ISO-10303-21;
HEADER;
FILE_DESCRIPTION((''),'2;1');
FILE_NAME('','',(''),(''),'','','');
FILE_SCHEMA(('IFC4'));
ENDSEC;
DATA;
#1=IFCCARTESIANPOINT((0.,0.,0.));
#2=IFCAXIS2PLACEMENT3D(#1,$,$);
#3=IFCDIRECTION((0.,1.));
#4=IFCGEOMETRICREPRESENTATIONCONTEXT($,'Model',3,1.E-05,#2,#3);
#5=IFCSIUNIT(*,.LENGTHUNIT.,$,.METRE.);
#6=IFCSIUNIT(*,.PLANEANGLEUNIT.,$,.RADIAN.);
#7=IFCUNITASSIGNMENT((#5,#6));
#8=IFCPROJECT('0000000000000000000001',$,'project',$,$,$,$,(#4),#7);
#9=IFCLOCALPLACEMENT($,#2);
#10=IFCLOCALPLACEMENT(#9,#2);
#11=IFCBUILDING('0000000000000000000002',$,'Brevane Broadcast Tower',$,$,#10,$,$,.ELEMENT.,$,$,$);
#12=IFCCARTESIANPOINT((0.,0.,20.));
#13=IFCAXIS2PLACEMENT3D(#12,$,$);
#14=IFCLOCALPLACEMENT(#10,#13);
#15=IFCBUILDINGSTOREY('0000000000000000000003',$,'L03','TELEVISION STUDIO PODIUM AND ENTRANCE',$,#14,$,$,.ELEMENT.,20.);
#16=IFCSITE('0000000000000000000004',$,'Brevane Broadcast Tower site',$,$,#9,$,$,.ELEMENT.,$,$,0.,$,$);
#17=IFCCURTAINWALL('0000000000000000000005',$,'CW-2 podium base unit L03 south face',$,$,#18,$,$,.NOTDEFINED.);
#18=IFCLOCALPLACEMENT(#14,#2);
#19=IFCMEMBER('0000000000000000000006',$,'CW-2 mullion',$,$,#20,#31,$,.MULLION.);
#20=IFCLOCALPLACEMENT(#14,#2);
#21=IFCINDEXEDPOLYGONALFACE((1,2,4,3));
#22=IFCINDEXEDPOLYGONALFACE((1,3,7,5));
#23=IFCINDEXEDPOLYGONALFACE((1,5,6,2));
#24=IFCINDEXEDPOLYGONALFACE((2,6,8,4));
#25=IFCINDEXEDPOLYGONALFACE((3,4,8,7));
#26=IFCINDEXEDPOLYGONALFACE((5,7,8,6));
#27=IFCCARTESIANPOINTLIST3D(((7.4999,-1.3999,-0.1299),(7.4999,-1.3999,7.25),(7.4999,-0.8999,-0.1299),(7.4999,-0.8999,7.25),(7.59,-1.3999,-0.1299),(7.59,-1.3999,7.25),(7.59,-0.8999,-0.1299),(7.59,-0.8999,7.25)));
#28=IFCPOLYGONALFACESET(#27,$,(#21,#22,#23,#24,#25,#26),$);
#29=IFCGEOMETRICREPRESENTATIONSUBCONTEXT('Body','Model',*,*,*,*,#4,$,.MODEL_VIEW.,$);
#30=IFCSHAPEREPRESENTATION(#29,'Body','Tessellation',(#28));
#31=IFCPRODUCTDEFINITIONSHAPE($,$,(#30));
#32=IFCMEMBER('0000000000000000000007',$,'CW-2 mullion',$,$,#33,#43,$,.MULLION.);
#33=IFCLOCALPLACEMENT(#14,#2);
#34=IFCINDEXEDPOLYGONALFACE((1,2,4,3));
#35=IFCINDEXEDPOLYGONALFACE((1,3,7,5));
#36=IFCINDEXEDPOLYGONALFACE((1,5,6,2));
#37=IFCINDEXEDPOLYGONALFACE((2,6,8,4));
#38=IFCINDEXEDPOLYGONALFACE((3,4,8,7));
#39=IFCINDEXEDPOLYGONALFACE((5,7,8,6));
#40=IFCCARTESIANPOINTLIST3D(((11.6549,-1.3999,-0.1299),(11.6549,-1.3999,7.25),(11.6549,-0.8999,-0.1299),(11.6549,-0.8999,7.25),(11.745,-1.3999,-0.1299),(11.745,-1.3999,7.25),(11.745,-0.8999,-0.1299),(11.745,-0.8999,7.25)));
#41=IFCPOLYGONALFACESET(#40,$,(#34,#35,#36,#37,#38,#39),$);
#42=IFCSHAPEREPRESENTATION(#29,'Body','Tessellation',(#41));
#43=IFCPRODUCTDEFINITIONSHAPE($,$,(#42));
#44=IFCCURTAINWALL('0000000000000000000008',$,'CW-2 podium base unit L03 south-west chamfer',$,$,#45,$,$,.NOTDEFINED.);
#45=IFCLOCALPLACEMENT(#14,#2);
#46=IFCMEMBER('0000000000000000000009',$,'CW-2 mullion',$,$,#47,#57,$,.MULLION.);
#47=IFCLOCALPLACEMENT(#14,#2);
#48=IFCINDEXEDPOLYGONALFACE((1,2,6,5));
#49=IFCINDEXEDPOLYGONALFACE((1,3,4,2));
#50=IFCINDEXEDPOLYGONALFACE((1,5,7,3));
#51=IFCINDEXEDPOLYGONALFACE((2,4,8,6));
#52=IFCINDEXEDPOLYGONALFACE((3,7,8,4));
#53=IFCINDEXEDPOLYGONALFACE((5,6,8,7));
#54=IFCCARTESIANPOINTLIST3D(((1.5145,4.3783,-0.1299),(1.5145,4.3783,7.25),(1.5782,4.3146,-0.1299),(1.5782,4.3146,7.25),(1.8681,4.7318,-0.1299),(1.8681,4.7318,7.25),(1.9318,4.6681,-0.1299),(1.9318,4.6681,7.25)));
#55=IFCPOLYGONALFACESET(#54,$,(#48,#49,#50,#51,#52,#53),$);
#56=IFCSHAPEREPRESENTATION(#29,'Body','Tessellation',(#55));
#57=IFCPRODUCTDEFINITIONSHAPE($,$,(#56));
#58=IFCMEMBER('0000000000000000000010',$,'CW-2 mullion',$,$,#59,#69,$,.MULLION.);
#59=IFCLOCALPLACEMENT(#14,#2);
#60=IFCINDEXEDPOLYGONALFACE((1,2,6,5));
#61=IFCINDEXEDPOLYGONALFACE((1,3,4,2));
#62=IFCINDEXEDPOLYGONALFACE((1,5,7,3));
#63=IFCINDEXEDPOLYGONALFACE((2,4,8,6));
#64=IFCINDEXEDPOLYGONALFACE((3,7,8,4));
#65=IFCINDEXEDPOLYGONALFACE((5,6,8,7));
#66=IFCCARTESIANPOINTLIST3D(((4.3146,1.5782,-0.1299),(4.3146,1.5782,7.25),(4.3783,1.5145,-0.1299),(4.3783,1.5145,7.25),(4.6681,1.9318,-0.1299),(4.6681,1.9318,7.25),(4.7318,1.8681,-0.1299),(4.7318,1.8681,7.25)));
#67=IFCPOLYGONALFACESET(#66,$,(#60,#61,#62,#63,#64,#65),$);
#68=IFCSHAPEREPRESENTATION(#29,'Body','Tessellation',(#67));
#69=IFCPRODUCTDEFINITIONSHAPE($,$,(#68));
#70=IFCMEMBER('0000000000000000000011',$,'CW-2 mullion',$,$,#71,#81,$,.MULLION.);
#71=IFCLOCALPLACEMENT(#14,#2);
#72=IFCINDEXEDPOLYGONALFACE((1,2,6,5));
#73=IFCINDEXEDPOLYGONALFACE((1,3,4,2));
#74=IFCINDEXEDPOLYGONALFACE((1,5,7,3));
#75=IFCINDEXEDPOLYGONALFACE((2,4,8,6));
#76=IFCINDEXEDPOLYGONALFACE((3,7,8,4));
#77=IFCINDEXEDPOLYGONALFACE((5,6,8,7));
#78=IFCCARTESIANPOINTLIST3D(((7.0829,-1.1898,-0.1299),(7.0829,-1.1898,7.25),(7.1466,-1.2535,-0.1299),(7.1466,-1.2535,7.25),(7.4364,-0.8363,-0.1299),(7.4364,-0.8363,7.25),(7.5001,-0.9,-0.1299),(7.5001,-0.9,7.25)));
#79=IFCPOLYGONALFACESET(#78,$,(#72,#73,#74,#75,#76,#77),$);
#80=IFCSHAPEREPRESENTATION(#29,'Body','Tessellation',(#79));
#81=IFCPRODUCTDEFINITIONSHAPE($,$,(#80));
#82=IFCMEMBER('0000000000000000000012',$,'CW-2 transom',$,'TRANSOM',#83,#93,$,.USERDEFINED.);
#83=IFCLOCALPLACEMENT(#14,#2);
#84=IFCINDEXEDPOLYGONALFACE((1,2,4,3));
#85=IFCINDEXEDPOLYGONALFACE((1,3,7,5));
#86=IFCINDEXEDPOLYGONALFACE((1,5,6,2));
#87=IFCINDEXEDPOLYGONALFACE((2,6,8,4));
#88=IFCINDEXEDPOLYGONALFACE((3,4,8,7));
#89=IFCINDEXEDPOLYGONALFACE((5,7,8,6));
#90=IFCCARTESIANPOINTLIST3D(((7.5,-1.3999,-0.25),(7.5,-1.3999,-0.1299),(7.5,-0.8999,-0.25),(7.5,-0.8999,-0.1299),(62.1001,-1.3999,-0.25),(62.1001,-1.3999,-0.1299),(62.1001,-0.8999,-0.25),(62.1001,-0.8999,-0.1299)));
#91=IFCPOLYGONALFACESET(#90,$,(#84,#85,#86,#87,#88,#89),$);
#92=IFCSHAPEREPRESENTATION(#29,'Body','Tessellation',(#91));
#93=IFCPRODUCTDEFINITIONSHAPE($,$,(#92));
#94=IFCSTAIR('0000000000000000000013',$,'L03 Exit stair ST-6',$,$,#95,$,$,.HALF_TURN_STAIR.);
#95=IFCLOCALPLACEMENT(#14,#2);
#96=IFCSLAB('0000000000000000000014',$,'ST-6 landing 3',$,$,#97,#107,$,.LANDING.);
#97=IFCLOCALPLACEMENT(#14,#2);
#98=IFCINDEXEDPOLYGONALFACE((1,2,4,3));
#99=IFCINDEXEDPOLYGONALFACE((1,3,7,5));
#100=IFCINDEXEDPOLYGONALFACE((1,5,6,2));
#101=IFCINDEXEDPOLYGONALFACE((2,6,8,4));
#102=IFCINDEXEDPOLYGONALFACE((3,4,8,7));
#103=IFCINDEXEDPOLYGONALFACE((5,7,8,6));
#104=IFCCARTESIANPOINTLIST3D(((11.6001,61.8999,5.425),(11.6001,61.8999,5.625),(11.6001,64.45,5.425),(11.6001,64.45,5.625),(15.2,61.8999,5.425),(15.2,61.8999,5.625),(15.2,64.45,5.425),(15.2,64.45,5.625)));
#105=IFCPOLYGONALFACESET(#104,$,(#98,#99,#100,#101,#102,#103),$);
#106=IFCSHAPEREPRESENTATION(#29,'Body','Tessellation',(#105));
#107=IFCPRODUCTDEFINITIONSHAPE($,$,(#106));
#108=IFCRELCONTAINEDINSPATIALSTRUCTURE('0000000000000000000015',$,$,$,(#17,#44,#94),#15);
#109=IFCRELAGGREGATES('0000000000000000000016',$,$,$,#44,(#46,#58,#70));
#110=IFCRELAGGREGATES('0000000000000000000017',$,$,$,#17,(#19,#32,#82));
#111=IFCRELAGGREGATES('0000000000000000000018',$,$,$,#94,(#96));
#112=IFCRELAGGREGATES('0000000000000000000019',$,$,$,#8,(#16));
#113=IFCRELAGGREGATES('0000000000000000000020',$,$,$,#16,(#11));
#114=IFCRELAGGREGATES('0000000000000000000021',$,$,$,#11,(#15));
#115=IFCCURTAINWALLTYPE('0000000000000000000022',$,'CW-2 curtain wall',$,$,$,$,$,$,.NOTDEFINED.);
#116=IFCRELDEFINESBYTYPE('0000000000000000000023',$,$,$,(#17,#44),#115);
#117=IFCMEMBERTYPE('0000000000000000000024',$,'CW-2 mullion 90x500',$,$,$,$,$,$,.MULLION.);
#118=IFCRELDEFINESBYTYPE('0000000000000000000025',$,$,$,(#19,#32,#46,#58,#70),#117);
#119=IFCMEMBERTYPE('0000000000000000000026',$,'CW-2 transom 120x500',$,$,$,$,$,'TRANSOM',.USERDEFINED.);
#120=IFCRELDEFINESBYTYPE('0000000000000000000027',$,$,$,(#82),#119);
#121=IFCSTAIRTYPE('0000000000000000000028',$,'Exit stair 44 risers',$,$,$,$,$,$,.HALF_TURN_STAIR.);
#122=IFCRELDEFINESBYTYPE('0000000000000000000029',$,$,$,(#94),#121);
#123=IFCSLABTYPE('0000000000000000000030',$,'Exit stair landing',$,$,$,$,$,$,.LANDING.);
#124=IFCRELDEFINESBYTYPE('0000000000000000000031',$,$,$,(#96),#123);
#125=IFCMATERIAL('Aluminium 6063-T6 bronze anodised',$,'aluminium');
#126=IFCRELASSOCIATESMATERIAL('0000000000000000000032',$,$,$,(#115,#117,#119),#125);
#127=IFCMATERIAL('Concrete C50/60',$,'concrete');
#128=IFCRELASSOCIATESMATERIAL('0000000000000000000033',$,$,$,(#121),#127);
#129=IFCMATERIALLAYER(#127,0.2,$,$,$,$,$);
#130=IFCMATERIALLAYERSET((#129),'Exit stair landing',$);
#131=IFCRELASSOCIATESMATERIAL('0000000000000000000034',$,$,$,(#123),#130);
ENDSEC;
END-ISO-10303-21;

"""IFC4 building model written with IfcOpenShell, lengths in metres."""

from ifc_helpers import new_model, si_unit, direction, frame, origin, origin_2d, place, context, subcontext, project, spatial, polyline, rectangle, outline, extrude, material, layer, layer_set, material_profile, profile_set, type_object, element, aggregate, save


model = new_model("IFC4")

# Units and contexts
model_context = context("Model", 3, precision=1e-05, world=origin(), true_north=direction((0.0, 1.0)))
body_context = subcontext(model_context, "Body", "Model", "MODEL_VIEW")
ifc_project = project(units=[si_unit("LENGTHUNIT", "METRE"), si_unit("PLANEANGLEUNIT", "RADIAN")], contexts=[model_context])

# Site, building, storey
site_placement = place(None, origin())
site = spatial("IfcSite", under=ifc_project, at=site_placement, Name="Brevane Broadcast Tower site", CompositionType="ELEMENT", RefElevation=0.0)
building_placement = place(site_placement, origin())
building = spatial("IfcBuilding", under=site, at=building_placement, Name="Brevane Broadcast Tower", CompositionType="ELEMENT")
storey_placement = place(building_placement, frame((0.0, 0.0, 20.0)))
storey = spatial("IfcBuildingStorey", under=building, at=storey_placement, Name="L03", Description="TELEVISION STUDIO PODIUM AND ENTRANCE", CompositionType="ELEMENT", Elevation=20.0)

# Curtain walls, members
ifc_material_1 = material(Name="Aluminium 6063-T6 bronze anodised", Category="aluminium")
curtain_wall_type = type_object("IfcCurtainWallType", Name="CW-2 curtain wall", PredefinedType="NOTDEFINED", material=ifc_material_1)
curtain_wall_1_placement = place(storey_placement, origin())
curtain_wall_1 = element("IfcCurtainWall", 1, at=curtain_wall_1_placement, inside=storey, type_object=curtain_wall_type, Name="CW-2 podium base unit L03 south face", PredefinedType="NOTDEFINED")
ifc_material_profile_1 = material_profile(ifc_material_1, rectangle(XDim=0.5, YDim=0.0901, at=origin_2d()), Name="RECT 90x500")
ifc_profile_set_1 = profile_set([ifc_material_profile_1], Name="Aluminium 6063-T6 bronze anodised")
member_type_1 = type_object("IfcMemberType", Name="CW-2 mullion 90x500", PredefinedType="MULLION", material=ifc_profile_set_1)
member_1_placement = place(storey_placement, frame((7.5449, -1.1499, -0.1299), z_axis=(0.0, 0.0, 1.0), x_axis=(0.0, 1.0, 0.0)))
member_1 = element("IfcMember", 2, at=member_1_placement, type_object=member_type_1, Name="CW-2 mullion", PredefinedType="MULLION", context=body_context, shape_type="SweptSolid", body=[
    extrude(rectangle(XDim=0.5, YDim=0.0901, at=origin_2d()), origin(), (0.0, 0.0, 1.0), 7.3799),
])
member_2_placement = place(storey_placement, frame((11.7, -1.1499, -0.1299), z_axis=(0.0, 0.0, 1.0), x_axis=(0.0, 1.0, 0.0)))
member_2 = element("IfcMember", 3, at=member_2_placement, type_object=member_type_1, Name="CW-2 mullion", PredefinedType="MULLION", context=body_context, shape_type="SweptSolid", body=[
    extrude(rectangle(XDim=0.5, YDim=0.0901, at=origin_2d()), origin(), (0.0, 0.0, 1.0), 7.3799),
])
curtain_wall_2_placement = place(storey_placement, origin())
curtain_wall_2 = element("IfcCurtainWall", 4, at=curtain_wall_2_placement, inside=storey, type_object=curtain_wall_type, Name="CW-2 podium base unit L03 south-west chamfer", PredefinedType="NOTDEFINED")
member_3_placement = place(storey_placement, frame((1.7231, 4.5232, -0.1299), z_axis=(0.0, 0.0, 1.0), x_axis=(0.707107, 0.707107, 0.0)))
member_3 = element("IfcMember", 5, at=member_3_placement, type_object=member_type_1, Name="CW-2 mullion", PredefinedType="MULLION", context=body_context, shape_type="SweptSolid", body=[
    extrude(rectangle(XDim=0.5, YDim=0.0901, at=origin_2d()), origin(), (0.0, 0.0, 1.0), 7.3799),
])
member_4_placement = place(storey_placement, frame((4.5232, 1.7231, -0.1299), z_axis=(0.0, 0.0, 1.0), x_axis=(0.707107, 0.707107, 0.0)))
member_4 = element("IfcMember", 6, at=member_4_placement, type_object=member_type_1, Name="CW-2 mullion", PredefinedType="MULLION", context=body_context, shape_type="SweptSolid", body=[
    extrude(rectangle(XDim=0.5, YDim=0.0901, at=origin_2d()), origin(), (0.0, 0.0, 1.0), 7.3799),
])
member_5_placement = place(storey_placement, frame((7.2915, -1.0449, -0.1299), z_axis=(0.0, 0.0, 1.0), x_axis=(0.707107, 0.707107, 0.0)))
member_5 = element("IfcMember", 7, at=member_5_placement, type_object=member_type_1, Name="CW-2 mullion", PredefinedType="MULLION", context=body_context, shape_type="SweptSolid", body=[
    extrude(rectangle(XDim=0.5, YDim=0.0901, at=origin_2d()), origin(), (0.0, 0.0, 1.0), 7.3799),
])
aggregate(curtain_wall_2, [member_3, member_4, member_5])

# Member
ifc_material_profile_2 = material_profile(ifc_material_1, rectangle(XDim=0.5, YDim=0.1201, at=origin_2d()), Name="RECT 120x500")
ifc_profile_set_2 = profile_set([ifc_material_profile_2], Name="Aluminium 6063-T6 bronze anodised")
member_type_2 = type_object("IfcMemberType", Name="CW-2 transom 120x500", ElementType="TRANSOM", PredefinedType="USERDEFINED", material=ifc_profile_set_2)
member_6_placement = place(storey_placement, frame((7.5, -1.1499, -0.1899), z_axis=(1.0, 0.0, 0.0), x_axis=(0.0, 1.0, 0.0)))
member_6 = element("IfcMember", 8, at=member_6_placement, type_object=member_type_2, Name="CW-2 transom", ObjectType="TRANSOM", PredefinedType="USERDEFINED", context=body_context, shape_type="SweptSolid", body=[
    extrude(rectangle(XDim=0.5, YDim=0.1201, at=origin_2d()), origin(), (0.0, 0.0, 1.0), 54.6001),
])
aggregate(curtain_wall_1, [member_1, member_2, member_6])

# Stair, slab
ifc_material_2 = material(Name="Concrete C50/60", Category="concrete")
stair_type = type_object("IfcStairType", Name="Exit stair 44 risers", PredefinedType="HALF_TURN_STAIR", material=ifc_material_2)
stair_placement = place(storey_placement, origin())
stair = element("IfcStair", 9, at=stair_placement, inside=storey, type_object=stair_type, Name="L03 Exit stair ST-6", PredefinedType="HALF_TURN_STAIR")
ifc_layer_1 = layer(ifc_material_2, 0.2)
ifc_layer_set_1 = layer_set([ifc_layer_1], Name="Exit stair landing")
slab_type_1 = type_object("IfcSlabType", Name="Exit stair landing", PredefinedType="LANDING", material=ifc_layer_set_1)
slab_1_placement = place(storey_placement, frame((0.0, 0.0, 5.425)))
slab_1 = element("IfcSlab", 10, at=slab_1_placement, type_object=slab_type_1, Name="ST-6 landing 3", PredefinedType="LANDING", context=body_context, shape_type="SweptSolid", body=[
    extrude(outline(polyline([(11.6001, 61.8999), (15.2, 61.8999), (15.2, 64.45), (11.6001, 64.45), (11.6001, 61.8999)])), origin(), (0.0, 0.0, 1.0), 0.2),
])
aggregate(stair, [slab_1])

save(model, "model.ifc")
